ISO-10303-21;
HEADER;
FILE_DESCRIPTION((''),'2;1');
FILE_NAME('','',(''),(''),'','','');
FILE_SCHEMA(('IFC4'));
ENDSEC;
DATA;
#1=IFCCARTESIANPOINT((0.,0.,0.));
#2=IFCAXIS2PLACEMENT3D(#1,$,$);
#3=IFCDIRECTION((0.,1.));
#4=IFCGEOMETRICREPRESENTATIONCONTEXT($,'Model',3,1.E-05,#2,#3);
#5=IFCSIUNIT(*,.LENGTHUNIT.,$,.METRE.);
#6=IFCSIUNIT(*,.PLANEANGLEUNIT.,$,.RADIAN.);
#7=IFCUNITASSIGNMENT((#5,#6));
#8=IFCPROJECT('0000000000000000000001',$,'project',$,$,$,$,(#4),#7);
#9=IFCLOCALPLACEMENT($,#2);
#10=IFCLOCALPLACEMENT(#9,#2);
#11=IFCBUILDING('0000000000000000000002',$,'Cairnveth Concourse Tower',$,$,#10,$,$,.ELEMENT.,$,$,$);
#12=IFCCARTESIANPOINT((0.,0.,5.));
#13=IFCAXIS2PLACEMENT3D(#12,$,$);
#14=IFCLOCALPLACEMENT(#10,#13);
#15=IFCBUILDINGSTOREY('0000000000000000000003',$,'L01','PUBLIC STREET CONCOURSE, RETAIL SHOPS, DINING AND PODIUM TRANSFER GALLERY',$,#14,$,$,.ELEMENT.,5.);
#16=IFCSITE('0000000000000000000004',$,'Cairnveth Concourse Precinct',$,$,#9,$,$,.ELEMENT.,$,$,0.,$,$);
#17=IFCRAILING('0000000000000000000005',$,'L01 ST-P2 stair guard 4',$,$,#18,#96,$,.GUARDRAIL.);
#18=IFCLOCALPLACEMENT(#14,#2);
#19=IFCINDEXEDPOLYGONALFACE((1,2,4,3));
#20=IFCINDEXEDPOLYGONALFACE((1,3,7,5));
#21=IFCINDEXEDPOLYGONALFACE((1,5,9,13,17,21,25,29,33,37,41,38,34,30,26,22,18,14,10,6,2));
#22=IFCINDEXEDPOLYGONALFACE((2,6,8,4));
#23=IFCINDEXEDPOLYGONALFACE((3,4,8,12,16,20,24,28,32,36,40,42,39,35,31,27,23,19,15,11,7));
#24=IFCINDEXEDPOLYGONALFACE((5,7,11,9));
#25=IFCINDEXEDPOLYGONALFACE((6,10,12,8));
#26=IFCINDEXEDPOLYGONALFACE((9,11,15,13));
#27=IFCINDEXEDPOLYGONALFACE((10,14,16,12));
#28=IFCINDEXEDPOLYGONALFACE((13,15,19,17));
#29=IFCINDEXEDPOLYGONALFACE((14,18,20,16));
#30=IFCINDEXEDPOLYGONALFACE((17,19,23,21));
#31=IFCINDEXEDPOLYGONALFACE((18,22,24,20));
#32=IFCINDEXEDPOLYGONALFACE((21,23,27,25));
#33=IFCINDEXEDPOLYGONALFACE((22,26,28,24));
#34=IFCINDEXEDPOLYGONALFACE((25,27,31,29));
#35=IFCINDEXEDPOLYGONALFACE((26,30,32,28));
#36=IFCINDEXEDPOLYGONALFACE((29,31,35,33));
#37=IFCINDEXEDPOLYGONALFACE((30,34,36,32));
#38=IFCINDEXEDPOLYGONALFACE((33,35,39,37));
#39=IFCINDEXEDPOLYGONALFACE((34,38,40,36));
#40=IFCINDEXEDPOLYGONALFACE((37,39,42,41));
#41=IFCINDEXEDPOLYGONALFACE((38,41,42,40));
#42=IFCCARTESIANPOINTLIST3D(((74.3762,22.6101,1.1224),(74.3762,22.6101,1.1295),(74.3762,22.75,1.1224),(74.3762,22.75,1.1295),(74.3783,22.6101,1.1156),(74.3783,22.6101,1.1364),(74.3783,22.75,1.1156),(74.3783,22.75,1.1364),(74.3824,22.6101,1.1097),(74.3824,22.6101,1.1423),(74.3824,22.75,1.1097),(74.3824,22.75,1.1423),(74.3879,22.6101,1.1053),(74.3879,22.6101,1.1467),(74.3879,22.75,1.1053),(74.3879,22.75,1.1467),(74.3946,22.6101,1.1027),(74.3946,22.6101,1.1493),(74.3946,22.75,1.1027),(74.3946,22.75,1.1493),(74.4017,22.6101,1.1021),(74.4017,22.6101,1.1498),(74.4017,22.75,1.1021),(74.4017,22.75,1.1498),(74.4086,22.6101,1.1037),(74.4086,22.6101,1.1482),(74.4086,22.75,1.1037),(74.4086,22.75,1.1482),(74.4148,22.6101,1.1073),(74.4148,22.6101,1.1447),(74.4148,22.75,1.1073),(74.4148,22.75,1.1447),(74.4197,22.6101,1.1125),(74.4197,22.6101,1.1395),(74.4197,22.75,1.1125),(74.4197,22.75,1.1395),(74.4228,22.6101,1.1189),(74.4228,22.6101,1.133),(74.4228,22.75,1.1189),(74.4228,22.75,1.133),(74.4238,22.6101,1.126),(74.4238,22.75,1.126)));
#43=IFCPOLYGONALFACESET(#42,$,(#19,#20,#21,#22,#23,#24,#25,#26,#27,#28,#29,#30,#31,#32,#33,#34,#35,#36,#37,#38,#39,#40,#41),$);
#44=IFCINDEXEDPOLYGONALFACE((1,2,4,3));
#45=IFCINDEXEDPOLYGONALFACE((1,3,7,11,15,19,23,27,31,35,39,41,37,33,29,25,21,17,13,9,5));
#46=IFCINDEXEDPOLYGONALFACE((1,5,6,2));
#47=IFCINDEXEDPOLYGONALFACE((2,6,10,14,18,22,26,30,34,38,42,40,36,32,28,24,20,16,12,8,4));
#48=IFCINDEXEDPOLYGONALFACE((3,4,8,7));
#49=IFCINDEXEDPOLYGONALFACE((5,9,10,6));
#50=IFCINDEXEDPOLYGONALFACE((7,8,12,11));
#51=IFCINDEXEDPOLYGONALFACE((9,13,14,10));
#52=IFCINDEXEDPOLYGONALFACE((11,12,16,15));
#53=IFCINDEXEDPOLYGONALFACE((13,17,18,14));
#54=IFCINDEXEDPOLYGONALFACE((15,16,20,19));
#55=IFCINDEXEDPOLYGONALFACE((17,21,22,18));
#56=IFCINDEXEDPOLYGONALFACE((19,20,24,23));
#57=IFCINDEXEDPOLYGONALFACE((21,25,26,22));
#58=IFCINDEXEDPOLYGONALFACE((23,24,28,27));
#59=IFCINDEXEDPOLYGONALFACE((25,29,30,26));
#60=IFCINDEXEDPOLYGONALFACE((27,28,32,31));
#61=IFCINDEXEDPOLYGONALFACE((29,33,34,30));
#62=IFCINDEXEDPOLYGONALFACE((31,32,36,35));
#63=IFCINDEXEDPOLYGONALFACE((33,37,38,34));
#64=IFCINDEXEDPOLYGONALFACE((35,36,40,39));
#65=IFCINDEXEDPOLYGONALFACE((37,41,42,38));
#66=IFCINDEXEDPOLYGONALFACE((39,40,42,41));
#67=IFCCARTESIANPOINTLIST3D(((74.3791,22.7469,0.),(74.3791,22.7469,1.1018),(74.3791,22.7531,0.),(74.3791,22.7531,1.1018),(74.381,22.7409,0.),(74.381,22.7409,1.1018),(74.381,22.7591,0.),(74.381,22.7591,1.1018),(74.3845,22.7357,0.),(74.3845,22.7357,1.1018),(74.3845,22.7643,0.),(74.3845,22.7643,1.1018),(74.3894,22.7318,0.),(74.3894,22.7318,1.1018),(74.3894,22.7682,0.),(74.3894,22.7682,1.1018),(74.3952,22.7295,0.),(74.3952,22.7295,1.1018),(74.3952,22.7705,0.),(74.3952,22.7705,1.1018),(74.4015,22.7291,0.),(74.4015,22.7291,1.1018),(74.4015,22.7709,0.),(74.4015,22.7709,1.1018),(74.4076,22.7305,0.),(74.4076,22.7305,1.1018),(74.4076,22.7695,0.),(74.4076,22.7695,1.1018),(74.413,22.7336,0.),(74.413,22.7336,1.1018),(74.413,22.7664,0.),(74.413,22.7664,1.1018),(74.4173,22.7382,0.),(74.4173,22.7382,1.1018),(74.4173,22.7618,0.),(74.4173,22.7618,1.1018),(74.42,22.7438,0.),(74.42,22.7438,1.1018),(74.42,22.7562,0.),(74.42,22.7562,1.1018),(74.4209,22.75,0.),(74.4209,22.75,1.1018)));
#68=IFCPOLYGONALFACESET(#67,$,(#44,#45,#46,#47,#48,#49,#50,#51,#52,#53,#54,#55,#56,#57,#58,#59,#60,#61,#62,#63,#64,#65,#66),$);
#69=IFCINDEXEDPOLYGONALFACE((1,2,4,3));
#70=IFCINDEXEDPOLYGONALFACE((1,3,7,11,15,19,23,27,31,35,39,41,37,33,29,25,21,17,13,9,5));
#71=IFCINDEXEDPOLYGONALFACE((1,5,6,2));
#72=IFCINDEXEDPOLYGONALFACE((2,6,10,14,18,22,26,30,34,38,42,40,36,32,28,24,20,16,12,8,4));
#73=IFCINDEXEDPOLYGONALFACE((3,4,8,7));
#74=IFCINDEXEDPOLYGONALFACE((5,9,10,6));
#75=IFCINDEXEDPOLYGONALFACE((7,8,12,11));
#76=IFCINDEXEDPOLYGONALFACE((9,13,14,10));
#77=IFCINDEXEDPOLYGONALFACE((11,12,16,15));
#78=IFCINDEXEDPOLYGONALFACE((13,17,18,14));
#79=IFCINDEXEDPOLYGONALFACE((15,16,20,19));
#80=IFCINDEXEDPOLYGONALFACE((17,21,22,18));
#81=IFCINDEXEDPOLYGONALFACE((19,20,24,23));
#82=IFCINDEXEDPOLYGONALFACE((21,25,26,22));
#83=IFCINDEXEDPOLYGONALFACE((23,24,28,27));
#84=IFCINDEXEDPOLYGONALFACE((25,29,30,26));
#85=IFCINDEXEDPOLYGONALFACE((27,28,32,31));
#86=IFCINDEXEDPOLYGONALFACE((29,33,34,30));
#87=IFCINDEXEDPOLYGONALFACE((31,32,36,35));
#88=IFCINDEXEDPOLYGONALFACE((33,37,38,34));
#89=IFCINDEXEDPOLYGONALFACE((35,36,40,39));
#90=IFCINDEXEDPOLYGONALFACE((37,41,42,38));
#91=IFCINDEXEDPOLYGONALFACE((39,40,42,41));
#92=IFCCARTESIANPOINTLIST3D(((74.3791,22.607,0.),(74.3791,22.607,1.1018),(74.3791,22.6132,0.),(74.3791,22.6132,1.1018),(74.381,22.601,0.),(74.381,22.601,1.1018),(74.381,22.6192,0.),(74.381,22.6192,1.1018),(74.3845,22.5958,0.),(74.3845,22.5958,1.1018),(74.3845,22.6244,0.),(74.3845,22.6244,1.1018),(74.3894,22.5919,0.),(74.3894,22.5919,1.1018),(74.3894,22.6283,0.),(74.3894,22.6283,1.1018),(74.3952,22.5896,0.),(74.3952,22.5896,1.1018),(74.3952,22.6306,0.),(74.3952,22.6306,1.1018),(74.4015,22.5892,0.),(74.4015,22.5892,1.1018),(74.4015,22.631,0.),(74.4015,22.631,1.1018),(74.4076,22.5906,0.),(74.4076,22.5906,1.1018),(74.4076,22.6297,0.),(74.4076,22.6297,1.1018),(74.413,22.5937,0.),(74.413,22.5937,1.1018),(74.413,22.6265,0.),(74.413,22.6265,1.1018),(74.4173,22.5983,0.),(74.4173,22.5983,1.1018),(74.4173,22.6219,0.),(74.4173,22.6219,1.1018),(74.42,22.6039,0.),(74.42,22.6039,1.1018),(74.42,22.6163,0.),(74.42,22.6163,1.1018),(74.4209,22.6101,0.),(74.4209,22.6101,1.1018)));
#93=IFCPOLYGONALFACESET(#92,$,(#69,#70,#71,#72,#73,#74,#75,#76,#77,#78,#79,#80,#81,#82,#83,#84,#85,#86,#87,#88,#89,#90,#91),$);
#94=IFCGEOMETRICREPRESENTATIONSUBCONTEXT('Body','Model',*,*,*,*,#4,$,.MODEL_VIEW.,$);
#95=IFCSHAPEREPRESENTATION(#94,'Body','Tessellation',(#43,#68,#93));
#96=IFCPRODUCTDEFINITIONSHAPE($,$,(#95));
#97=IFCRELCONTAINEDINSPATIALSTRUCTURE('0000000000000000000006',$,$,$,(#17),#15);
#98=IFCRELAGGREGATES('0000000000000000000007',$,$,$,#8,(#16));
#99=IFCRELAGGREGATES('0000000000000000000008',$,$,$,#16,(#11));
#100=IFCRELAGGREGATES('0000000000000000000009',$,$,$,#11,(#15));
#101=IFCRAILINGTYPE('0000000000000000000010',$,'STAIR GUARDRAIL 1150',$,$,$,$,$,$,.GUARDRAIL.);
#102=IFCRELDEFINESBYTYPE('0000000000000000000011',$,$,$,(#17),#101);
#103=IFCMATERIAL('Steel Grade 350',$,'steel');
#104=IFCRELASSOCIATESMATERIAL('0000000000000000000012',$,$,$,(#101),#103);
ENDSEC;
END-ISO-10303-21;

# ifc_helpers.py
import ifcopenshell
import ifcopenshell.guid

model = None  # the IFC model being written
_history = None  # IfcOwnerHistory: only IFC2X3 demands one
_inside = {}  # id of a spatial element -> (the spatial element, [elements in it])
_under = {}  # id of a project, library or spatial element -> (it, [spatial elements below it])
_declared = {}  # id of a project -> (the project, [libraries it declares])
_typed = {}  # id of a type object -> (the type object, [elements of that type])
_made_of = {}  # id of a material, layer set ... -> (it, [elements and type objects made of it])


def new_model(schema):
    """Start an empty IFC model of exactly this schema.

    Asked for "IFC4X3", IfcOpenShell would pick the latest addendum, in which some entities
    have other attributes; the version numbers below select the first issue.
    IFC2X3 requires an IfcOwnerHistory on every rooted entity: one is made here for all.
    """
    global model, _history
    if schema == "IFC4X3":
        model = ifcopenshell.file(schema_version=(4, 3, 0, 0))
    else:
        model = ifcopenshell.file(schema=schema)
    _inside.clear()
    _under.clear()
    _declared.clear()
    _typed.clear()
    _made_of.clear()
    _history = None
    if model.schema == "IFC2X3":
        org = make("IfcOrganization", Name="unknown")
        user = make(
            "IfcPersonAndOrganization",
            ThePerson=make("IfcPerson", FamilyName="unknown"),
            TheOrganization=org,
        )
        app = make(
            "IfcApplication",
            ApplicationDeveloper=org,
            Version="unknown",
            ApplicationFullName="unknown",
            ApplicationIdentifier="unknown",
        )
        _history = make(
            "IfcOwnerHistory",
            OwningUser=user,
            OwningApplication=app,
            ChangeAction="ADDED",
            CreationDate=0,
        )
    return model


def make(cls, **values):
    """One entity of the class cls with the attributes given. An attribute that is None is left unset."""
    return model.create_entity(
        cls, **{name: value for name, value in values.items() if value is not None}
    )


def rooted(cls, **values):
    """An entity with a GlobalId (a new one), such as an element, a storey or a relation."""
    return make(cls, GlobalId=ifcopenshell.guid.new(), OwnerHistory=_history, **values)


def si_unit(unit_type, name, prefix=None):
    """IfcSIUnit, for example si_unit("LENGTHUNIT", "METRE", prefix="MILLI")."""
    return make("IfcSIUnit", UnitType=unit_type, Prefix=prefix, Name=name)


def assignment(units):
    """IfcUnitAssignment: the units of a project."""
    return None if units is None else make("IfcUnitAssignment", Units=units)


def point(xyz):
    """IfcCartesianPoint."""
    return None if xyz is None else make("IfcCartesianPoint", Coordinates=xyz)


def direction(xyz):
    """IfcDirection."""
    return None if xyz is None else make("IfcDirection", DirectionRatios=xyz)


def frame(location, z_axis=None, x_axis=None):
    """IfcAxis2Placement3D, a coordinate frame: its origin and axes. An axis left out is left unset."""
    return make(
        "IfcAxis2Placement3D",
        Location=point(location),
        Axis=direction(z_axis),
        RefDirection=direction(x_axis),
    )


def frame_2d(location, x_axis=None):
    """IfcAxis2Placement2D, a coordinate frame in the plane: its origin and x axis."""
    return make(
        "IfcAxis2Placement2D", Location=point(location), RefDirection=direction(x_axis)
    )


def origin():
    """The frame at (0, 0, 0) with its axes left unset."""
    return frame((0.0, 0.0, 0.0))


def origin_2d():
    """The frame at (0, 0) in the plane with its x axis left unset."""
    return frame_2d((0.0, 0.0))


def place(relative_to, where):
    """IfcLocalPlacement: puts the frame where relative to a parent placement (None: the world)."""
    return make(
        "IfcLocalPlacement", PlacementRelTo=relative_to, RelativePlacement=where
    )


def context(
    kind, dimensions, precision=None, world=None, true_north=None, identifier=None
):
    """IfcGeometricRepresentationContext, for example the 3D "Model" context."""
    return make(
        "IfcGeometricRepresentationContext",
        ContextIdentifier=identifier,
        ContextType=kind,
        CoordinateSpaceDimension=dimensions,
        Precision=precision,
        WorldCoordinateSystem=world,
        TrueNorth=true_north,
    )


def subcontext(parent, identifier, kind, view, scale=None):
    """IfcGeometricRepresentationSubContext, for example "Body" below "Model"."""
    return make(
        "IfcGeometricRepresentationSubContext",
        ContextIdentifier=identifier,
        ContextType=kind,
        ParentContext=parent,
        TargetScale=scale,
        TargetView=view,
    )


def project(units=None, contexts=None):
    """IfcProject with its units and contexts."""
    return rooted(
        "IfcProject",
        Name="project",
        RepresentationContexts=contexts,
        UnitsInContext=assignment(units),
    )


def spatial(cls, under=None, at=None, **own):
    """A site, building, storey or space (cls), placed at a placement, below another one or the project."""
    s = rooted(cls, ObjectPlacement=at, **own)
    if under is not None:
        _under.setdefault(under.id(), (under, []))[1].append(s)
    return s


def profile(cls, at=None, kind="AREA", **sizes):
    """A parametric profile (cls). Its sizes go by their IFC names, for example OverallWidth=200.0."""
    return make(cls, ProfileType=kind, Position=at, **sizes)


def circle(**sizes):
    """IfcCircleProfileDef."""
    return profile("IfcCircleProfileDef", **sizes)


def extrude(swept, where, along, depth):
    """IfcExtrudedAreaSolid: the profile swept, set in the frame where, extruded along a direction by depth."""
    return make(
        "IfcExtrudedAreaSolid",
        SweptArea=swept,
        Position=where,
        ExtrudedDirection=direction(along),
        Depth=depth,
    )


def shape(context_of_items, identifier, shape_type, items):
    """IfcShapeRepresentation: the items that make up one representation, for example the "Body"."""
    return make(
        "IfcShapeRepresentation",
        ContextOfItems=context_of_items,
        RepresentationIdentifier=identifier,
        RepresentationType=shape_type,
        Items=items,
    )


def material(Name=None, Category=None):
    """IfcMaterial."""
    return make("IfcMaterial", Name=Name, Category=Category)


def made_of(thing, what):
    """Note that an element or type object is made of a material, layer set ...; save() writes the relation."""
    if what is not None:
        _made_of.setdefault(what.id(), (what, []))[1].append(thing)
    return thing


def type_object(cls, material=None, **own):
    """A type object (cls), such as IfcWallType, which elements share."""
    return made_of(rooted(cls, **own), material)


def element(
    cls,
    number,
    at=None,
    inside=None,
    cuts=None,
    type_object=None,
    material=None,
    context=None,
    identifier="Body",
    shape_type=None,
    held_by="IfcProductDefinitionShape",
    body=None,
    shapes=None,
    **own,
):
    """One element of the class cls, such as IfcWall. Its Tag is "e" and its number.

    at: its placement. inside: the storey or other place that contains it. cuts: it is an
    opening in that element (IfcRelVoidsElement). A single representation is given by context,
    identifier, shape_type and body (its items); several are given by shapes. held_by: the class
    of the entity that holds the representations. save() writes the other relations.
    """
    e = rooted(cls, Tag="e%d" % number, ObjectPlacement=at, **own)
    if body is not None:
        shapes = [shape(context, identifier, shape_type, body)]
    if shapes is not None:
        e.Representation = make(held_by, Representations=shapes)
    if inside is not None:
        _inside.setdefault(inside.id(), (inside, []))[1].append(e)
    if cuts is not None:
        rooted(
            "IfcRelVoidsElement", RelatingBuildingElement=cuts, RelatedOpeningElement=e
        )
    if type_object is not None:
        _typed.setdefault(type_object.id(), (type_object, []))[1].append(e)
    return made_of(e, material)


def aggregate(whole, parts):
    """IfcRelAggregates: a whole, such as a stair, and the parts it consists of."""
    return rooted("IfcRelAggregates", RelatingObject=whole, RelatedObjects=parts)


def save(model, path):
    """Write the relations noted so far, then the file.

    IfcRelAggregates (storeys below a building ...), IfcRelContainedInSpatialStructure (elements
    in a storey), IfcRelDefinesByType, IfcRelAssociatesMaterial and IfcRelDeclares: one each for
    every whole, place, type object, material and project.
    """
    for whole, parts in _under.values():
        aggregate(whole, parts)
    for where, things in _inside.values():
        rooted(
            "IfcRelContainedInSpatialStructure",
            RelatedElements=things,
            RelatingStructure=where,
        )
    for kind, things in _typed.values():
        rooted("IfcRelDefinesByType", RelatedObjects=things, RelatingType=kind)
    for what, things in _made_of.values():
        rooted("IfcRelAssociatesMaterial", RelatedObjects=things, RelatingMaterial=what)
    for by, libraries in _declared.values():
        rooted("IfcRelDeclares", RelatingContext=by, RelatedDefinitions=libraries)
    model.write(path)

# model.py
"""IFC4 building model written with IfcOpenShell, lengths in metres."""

from ifc_helpers import new_model, si_unit, direction, frame, origin, origin_2d, place, context, subcontext, project, spatial, circle, extrude, material, type_object, element, save


model = new_model("IFC4")

# Units and contexts
model_context = context("Model", 3, precision=1e-05, world=origin(), true_north=direction((0.0, 1.0)))
body_context = subcontext(model_context, "Body", "Model", "MODEL_VIEW")
ifc_project = project(units=[si_unit("LENGTHUNIT", "METRE"), si_unit("PLANEANGLEUNIT", "RADIAN")], contexts=[model_context])

# Site, building, storey
site_placement = place(None, origin())
site = spatial("IfcSite", under=ifc_project, at=site_placement, Name="Cairnveth Concourse Precinct", CompositionType="ELEMENT", RefElevation=0.0)
building_placement = place(site_placement, origin())
building = spatial("IfcBuilding", under=site, at=building_placement, Name="Cairnveth Concourse Tower", CompositionType="ELEMENT")
storey_placement = place(building_placement, frame((0.0, 0.0, 5.0)))
storey = spatial("IfcBuildingStorey", under=building, at=storey_placement, Name="L01", Description="PUBLIC STREET CONCOURSE, RETAIL SHOPS, DINING AND PODIUM TRANSFER GALLERY", CompositionType="ELEMENT", Elevation=5.0)

# Shared definitions
ifc_material_1 = material(Name="Steel Grade 350", Category="steel")

# Railing
railing_type_1 = type_object("IfcRailingType", Name="STAIR GUARDRAIL 1150", PredefinedType="GUARDRAIL", material=ifc_material_1)
railing_1_placement = place(storey_placement, frame((74.3999, 22.75, 0.0)))
element("IfcRailing", 1, at=railing_1_placement, inside=storey, type_object=railing_type_1, Name="L01 ST-P2 stair guard 4", PredefinedType="GUARDRAIL", context=body_context, shape_type="SweptSolid", body=[
    extrude(circle(Radius=0.0239, at=origin_2d()), frame((0.0, 0.0, 1.126), z_axis=(0.0, -1.0, 0.0), x_axis=(1.0, 0.0, 0.0)), (0.0, 0.0, 1.0), 0.1399),
    extrude(circle(Radius=0.021, at=origin_2d()), origin(), (0.0, 0.0, 1.0), 1.1018),
    extrude(circle(Radius=0.021, at=origin_2d()), frame((0.0, -0.1399, 0.0)), (0.0, 0.0, 1.0), 1.1018),
])

save(model, "model.ifc")
